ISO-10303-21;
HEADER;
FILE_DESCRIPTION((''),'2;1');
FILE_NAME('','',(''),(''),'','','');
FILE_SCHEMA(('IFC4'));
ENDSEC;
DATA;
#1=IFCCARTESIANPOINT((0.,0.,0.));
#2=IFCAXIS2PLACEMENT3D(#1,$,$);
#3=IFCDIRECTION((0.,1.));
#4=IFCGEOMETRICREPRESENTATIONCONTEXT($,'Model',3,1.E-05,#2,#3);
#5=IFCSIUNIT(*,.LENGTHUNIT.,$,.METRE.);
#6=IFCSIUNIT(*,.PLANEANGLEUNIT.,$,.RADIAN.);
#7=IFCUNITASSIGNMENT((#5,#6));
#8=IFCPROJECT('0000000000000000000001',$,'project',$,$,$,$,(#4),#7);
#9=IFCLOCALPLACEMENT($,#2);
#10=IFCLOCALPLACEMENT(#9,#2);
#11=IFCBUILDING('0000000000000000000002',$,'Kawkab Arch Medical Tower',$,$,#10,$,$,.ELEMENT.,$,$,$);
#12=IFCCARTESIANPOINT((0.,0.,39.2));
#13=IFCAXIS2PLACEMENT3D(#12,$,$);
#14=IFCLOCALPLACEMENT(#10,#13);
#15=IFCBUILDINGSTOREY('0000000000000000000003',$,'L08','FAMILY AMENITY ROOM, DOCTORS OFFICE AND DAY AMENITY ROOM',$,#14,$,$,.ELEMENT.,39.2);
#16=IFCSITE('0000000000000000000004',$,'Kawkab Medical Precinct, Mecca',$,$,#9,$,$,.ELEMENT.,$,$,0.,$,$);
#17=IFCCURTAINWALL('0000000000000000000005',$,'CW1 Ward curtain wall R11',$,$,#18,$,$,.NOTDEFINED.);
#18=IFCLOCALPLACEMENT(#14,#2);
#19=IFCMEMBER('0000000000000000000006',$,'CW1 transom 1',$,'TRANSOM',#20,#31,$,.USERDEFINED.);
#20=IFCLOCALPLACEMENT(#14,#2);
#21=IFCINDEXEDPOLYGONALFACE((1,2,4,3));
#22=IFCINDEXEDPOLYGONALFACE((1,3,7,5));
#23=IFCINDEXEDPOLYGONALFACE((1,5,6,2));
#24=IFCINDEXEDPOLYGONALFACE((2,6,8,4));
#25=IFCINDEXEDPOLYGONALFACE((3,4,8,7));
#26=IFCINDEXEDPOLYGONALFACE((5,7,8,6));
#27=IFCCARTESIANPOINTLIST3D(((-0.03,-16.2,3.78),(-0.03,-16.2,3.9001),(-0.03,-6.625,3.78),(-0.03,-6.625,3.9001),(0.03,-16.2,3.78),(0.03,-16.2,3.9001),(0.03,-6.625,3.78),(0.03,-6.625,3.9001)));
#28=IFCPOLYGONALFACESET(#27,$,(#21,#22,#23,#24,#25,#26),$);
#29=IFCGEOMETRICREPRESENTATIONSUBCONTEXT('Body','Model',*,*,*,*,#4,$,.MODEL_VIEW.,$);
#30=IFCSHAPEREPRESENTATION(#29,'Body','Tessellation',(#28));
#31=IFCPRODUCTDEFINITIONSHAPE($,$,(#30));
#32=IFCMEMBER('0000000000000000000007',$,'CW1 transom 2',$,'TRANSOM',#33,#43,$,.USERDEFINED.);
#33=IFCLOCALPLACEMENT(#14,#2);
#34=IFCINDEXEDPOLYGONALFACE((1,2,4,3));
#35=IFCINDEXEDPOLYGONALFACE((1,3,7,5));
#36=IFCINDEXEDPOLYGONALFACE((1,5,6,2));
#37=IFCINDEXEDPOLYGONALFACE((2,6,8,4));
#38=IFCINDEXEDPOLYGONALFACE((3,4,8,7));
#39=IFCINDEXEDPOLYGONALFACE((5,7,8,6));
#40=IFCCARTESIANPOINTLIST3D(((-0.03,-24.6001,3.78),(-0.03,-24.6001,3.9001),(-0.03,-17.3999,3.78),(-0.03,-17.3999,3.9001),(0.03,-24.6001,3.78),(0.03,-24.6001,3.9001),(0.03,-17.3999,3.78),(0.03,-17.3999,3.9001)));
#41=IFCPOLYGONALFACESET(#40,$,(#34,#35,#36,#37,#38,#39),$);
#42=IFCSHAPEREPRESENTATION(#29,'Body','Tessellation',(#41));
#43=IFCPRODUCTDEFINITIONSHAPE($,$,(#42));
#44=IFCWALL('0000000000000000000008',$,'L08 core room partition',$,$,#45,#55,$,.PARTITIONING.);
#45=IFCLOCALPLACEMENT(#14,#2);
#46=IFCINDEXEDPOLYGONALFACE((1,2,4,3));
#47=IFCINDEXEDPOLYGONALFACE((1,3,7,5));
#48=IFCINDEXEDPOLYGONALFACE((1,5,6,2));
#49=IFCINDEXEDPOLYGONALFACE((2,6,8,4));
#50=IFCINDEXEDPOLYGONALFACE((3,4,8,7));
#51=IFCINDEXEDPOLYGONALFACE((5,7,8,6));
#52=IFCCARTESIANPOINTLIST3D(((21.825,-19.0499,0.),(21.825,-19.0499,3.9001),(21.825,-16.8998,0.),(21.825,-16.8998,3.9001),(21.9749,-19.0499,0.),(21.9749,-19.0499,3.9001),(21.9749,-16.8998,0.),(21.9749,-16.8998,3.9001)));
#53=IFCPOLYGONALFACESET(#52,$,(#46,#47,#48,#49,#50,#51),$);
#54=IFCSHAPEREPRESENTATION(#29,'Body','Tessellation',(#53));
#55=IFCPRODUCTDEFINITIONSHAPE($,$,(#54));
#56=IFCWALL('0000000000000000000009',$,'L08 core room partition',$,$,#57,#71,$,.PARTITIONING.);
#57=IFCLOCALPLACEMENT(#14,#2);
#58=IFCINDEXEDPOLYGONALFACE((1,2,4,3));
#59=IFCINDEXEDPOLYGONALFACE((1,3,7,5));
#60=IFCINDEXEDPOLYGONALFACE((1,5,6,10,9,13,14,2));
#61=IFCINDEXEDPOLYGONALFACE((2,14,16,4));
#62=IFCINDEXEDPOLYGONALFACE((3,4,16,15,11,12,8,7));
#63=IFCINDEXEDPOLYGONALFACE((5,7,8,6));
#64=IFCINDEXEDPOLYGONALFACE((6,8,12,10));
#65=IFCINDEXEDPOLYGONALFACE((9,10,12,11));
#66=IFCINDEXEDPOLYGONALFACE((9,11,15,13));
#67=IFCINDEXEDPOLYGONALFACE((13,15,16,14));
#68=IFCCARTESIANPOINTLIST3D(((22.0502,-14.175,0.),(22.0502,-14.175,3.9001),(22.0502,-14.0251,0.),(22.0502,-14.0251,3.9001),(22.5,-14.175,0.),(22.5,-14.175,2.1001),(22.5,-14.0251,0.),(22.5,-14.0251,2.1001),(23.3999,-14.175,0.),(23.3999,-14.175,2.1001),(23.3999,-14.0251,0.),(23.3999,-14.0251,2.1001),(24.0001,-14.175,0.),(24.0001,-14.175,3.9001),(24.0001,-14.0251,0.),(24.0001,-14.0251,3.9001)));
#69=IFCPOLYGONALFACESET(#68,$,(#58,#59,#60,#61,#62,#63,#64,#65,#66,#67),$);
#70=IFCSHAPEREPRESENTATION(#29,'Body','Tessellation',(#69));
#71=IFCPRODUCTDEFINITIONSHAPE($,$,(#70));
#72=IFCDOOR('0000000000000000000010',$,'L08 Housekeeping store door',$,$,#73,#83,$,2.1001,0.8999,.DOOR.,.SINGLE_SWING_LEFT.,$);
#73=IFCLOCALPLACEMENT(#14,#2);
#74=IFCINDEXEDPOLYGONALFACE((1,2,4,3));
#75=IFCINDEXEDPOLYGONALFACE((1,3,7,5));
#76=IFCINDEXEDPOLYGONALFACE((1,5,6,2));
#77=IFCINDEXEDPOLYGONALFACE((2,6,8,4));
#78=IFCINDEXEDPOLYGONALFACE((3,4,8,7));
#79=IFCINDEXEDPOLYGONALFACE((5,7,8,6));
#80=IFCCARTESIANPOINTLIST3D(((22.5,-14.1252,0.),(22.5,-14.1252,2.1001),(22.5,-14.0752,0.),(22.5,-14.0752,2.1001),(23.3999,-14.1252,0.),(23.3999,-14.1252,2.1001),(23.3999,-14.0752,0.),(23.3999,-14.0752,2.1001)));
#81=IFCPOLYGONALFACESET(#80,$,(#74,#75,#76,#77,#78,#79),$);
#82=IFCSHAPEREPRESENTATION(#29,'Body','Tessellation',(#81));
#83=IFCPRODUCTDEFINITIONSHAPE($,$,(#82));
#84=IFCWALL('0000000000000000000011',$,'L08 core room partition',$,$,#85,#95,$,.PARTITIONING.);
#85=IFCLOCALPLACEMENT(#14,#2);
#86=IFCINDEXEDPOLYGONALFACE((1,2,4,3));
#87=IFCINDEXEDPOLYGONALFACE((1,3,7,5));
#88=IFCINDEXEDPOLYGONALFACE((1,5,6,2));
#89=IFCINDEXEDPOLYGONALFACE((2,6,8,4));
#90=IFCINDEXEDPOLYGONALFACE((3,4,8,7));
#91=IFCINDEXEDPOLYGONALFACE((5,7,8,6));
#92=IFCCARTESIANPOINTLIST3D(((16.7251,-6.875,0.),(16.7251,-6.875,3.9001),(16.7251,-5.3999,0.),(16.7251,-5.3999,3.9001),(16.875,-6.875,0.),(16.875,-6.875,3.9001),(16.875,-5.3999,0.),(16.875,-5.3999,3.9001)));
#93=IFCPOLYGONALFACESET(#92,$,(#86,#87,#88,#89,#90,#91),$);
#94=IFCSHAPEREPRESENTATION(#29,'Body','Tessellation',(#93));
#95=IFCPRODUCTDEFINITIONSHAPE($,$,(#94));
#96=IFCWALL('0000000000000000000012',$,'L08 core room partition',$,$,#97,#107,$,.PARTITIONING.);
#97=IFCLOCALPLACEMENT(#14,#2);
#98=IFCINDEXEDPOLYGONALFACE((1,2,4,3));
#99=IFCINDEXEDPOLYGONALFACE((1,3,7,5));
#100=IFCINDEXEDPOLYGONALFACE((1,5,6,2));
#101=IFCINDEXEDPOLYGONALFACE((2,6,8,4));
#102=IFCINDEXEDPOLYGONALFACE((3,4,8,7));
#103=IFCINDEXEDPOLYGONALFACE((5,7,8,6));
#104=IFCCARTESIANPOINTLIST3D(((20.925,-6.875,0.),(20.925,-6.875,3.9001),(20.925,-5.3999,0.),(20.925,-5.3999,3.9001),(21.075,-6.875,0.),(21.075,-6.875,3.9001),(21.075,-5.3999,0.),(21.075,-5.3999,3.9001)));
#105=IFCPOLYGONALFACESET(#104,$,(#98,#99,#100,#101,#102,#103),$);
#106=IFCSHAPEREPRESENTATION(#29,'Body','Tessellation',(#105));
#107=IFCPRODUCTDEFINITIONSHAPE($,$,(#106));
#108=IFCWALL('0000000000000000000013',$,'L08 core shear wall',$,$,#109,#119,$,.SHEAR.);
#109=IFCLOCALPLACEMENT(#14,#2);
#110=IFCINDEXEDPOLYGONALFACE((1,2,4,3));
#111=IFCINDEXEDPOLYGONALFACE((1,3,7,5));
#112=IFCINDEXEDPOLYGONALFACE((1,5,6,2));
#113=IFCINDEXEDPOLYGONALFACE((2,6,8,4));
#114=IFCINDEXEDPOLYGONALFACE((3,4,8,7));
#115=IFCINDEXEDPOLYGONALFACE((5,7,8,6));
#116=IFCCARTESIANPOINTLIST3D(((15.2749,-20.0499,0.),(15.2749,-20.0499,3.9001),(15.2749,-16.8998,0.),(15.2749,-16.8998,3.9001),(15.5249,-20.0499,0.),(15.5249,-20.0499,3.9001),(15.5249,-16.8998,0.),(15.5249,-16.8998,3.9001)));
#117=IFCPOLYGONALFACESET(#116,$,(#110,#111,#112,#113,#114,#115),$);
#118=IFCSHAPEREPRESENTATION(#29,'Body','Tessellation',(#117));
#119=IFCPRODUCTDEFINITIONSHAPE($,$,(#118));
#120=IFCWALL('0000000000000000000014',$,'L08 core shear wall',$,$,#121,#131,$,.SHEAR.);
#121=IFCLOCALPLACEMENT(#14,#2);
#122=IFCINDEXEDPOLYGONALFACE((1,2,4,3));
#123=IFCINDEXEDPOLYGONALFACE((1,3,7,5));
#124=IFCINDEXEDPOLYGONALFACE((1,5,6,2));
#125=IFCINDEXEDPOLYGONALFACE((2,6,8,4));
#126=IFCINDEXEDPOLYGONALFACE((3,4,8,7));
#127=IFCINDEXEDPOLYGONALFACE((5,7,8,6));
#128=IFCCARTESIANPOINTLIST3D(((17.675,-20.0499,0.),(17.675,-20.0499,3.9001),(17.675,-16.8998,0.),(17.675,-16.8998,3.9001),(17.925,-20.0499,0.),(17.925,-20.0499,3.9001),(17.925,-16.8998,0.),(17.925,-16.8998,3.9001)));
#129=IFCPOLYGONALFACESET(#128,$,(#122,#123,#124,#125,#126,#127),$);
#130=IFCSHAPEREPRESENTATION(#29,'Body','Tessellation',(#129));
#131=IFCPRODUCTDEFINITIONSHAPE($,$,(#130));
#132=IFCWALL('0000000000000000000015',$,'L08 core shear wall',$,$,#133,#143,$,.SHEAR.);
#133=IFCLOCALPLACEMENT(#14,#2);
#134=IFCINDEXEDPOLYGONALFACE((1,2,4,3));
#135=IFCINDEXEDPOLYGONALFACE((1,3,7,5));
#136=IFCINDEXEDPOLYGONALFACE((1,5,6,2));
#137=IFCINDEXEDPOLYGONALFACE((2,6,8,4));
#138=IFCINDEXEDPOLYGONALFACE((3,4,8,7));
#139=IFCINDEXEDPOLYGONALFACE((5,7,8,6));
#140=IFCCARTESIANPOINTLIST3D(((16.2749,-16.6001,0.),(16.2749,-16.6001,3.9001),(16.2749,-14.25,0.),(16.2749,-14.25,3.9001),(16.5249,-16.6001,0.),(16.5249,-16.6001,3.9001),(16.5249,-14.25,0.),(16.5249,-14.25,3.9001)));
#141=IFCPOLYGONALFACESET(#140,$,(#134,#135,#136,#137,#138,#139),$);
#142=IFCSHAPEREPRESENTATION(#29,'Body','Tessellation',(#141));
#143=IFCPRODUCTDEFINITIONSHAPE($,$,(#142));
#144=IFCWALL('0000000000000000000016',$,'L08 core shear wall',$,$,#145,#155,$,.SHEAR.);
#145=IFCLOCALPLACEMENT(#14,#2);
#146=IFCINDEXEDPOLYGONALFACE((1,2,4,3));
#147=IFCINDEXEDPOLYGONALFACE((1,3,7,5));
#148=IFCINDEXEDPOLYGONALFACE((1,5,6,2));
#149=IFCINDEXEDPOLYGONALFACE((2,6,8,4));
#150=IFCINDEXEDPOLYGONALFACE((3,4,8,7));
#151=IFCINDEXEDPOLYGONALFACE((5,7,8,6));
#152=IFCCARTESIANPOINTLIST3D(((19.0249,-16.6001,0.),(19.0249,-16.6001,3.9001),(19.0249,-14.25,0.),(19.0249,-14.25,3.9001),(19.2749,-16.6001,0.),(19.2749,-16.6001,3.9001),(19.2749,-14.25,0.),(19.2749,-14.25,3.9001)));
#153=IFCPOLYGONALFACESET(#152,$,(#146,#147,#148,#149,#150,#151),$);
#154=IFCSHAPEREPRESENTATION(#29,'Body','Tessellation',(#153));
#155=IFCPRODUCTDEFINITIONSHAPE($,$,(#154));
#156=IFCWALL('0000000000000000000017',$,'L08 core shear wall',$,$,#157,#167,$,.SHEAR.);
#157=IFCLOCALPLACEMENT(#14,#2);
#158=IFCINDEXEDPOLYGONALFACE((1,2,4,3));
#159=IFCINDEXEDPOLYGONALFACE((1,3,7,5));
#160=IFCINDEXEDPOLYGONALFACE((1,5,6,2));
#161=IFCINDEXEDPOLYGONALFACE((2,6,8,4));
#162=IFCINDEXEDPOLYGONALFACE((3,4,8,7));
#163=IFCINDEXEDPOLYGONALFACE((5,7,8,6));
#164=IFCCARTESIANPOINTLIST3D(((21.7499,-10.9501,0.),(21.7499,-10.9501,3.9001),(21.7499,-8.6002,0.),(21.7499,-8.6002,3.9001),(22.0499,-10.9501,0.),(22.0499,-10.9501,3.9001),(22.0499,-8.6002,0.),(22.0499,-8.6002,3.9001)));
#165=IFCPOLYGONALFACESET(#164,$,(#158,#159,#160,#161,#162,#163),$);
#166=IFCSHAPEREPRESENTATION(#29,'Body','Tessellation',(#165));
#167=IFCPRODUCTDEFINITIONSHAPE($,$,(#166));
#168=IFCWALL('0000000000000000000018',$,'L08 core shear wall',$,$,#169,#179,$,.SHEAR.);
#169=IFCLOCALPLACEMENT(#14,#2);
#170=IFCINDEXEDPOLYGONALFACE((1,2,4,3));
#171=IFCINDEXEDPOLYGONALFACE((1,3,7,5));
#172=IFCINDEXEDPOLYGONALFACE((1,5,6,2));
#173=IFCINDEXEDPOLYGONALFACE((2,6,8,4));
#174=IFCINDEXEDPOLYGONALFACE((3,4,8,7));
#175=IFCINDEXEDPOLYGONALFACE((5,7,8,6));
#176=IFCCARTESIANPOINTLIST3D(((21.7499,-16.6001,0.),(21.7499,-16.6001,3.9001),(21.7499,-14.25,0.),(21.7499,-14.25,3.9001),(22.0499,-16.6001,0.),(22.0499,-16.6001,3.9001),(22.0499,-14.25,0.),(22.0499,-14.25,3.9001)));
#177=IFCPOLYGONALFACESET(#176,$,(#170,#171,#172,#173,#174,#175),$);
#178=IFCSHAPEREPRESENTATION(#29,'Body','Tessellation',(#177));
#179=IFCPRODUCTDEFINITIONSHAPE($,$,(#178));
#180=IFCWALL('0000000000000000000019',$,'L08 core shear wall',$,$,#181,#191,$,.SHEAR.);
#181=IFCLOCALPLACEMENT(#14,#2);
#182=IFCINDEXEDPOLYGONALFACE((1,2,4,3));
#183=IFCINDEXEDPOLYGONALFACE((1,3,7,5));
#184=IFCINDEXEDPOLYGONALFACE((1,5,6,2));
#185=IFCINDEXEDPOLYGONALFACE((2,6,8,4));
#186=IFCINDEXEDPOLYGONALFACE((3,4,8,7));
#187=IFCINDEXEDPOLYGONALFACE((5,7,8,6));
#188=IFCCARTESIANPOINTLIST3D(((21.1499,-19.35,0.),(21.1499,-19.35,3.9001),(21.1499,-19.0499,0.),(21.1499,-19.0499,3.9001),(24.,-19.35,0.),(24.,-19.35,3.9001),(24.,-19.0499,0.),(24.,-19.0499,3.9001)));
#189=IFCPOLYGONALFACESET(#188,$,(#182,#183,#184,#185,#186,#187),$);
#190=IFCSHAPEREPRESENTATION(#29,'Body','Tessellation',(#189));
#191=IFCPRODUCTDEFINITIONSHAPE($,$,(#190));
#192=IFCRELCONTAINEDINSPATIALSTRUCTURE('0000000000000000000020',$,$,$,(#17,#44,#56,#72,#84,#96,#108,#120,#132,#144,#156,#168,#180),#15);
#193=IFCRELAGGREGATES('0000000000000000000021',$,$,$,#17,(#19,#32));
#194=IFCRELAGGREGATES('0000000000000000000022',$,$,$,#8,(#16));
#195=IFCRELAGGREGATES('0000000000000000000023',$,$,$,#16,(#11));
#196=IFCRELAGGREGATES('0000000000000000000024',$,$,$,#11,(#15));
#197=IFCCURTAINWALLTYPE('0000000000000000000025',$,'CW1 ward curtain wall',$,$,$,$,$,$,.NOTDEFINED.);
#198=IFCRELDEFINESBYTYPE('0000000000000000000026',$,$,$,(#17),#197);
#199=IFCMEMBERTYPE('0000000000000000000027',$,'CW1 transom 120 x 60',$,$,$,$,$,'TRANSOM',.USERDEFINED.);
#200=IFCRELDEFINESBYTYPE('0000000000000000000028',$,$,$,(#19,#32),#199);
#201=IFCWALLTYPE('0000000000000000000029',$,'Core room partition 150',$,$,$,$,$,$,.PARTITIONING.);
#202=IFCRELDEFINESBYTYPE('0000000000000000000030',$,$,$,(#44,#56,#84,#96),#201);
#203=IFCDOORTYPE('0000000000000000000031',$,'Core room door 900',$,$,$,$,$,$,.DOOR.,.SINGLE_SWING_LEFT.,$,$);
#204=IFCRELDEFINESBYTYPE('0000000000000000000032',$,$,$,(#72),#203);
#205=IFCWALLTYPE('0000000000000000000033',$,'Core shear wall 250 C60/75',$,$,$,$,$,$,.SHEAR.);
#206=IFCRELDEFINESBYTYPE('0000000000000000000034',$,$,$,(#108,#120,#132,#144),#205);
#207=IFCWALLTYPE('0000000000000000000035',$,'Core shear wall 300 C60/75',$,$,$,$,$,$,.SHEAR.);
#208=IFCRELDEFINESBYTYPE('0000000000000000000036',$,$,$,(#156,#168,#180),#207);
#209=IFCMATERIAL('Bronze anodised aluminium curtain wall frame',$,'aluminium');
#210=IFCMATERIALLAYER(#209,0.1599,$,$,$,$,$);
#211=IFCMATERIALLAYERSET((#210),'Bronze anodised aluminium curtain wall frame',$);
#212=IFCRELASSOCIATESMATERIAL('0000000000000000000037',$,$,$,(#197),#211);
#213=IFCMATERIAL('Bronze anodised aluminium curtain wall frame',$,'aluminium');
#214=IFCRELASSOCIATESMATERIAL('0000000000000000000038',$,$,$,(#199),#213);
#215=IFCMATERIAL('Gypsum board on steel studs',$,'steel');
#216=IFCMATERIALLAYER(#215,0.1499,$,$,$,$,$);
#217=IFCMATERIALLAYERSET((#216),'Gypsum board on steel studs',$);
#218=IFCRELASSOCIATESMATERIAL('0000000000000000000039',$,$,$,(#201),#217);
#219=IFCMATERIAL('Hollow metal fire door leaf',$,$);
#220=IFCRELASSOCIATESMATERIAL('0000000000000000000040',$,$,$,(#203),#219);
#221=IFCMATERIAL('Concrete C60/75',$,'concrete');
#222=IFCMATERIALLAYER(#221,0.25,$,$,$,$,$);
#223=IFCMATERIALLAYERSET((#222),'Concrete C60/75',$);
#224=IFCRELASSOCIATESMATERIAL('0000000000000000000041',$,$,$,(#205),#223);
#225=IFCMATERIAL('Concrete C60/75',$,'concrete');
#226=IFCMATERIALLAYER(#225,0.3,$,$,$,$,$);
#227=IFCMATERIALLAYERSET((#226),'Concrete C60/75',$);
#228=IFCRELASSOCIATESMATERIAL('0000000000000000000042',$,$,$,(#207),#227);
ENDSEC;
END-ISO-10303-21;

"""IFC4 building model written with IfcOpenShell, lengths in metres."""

from ifc_helpers import new_model, si_unit, direction, frame, frame_2d, origin, origin_2d, place, context, subcontext, project, spatial, rectangle, extrude, material, layer, layer_set, material_profile, profile_set, type_object, element, fill, aggregate, save


model = new_model("IFC4")

# Units and contexts
model_context = context("Model", 3, precision=1e-05, world=origin(), true_north=direction((0.0, 1.0)))
body_context = subcontext(model_context, "Body", "Model", "MODEL_VIEW")
ifc_project = project(units=[si_unit("LENGTHUNIT", "METRE"), si_unit("PLANEANGLEUNIT", "RADIAN")], contexts=[model_context])

# Site, building, storey
site_placement = place(None, origin())
site = spatial("IfcSite", under=ifc_project, at=site_placement, Name="Kawkab Medical Precinct, Mecca", CompositionType="ELEMENT", RefElevation=0.0)
building_placement = place(site_placement, origin())
building = spatial("IfcBuilding", under=site, at=building_placement, Name="Kawkab Arch Medical Tower", CompositionType="ELEMENT")
storey_placement = place(building_placement, frame((0.0, 0.0, 39.2)))
storey = spatial("IfcBuildingStorey", under=building, at=storey_placement, Name="L08", Description="FAMILY AMENITY ROOM, DOCTORS OFFICE AND DAY AMENITY ROOM", CompositionType="ELEMENT", Elevation=39.2)

# Curtain wall, members
ifc_material_1 = material(Name="Bronze anodised aluminium curtain wall frame", Category="aluminium")
ifc_layer_1 = layer(ifc_material_1, 0.1599)
ifc_layer_set_1 = layer_set([ifc_layer_1], Name="Bronze anodised aluminium curtain wall frame")
curtain_wall_type = type_object("IfcCurtainWallType", Name="CW1 ward curtain wall", PredefinedType="NOTDEFINED", material=ifc_layer_set_1)
placement = place(storey_placement, origin())
curtain_wall = element("IfcCurtainWall", 1, at=placement, inside=storey, type_object=curtain_wall_type, Name="CW1 Ward curtain wall R11", PredefinedType="NOTDEFINED")
ifc_material_2 = material(Name="Bronze anodised aluminium curtain wall frame", Category="aluminium")
ifc_material_profile_1 = material_profile(ifc_material_2, rectangle(XDim=0.0601, YDim=0.1201, at=origin_2d()), Name="AL 60x120")
ifc_profile_set_1 = profile_set([ifc_material_profile_1], Name="Bronze anodised aluminium curtain wall frame")
member_type = type_object("IfcMemberType", Name="CW1 transom 120 x 60", ElementType="TRANSOM", PredefinedType="USERDEFINED", material=ifc_profile_set_1)
member_1_placement = place(storey_placement, frame((0.0, -6.625, 3.8401), z_axis=(0.0, -1.0, 0.0), x_axis=(1.0, 0.0, 0.0)))
member_1 = element("IfcMember", 2, at=member_1_placement, type_object=member_type, Name="CW1 transom 1", ObjectType="TRANSOM", PredefinedType="USERDEFINED", context=body_context, shape_type="SweptSolid", body=[
    extrude(rectangle(XDim=0.0601, YDim=0.1201, at=origin_2d()), origin(), (0.0, 0.0, 1.0), 9.575),
])
member_2_placement = place(storey_placement, frame((0.0, -17.3999, 3.8401), z_axis=(0.0, -1.0, 0.0), x_axis=(1.0, 0.0, 0.0)))
member_2 = element("IfcMember", 3, at=member_2_placement, type_object=member_type, Name="CW1 transom 2", ObjectType="TRANSOM", PredefinedType="USERDEFINED", context=body_context, shape_type="SweptSolid", body=[
    extrude(rectangle(XDim=0.0601, YDim=0.1201, at=origin_2d()), origin(), (0.0, 0.0, 1.0), 7.2002),
])
aggregate(curtain_wall, [member_1, member_2])

# Wall
ifc_material_3 = material(Name="Gypsum board on steel studs", Category="steel")
ifc_layer_2 = layer(ifc_material_3, 0.1499)
ifc_layer_set_2 = layer_set([ifc_layer_2], Name="Gypsum board on steel studs")
wall_type_1 = type_object("IfcWallType", Name="Core room partition 150", PredefinedType="PARTITIONING", material=ifc_layer_set_2)
wall_1_placement = place(storey_placement, frame((21.8999, -19.05, 0.0), z_axis=(0.0, 0.0, 1.0), x_axis=(0.0, 1.0, 0.0)))
element("IfcWall", 4, at=wall_1_placement, inside=storey, type_object=wall_type_1, Name="L08 core room partition", PredefinedType="PARTITIONING", context=body_context, shape_type="SweptSolid", body=[
    extrude(rectangle(XDim=2.1501, YDim=0.1499, at=frame_2d((1.0752, 0.0))), origin(), (0.0, 0.0, 1.0), 3.9001),
])

# Wall, opening, door
wall_2_placement = place(storey_placement, frame((22.05, -14.1001, 0.0), z_axis=(0.0, 0.0, 1.0), x_axis=(1.0, 0.0, 0.0)))
wall_2 = element("IfcWall", 5, at=wall_2_placement, inside=storey, type_object=wall_type_1, Name="L08 core room partition", PredefinedType="PARTITIONING", context=body_context, shape_type="SweptSolid", body=[
    extrude(rectangle(XDim=1.95, YDim=0.1499, at=frame_2d((0.9751, 0.0))), origin(), (0.0, 0.0, 1.0), 3.9001),
])
opening_placement = place(wall_2_placement, frame((0.45, 0.0, 0.0)))
opening = element("IfcOpeningElement", 6, at=opening_placement, cuts=wall_2, PredefinedType="OPENING", context=body_context, shape_type="SweptSolid", body=[
    extrude(rectangle(XDim=0.8999, YDim=2.1001, at=frame_2d((0.45, 1.05))), frame((0.0, 0.085, 0.0), z_axis=(0.0, -1.0, 0.0), x_axis=(1.0, 0.0, 0.0)), (0.0, 0.0, 1.0), 0.1699),
])
ifc_material_4 = material(Name="Hollow metal fire door leaf")
door_type = type_object("IfcDoorType", Name="Core room door 900", OperationType="SINGLE_SWING_LEFT", PredefinedType="DOOR", material=ifc_material_4)
door_placement = place(opening_placement, origin())
door = element("IfcDoor", 7, at=door_placement, inside=storey, type_object=door_type, Name="L08 Housekeeping store door", OperationType="SINGLE_SWING_LEFT", OverallHeight=2.1001, OverallWidth=0.8999, PredefinedType="DOOR", context=body_context, shape_type="SweptSolid", body=[
    extrude(rectangle(XDim=0.8999, YDim=2.1001, at=frame_2d((0.45, 1.05))), frame((0.0, 0.0249, 0.0), z_axis=(0.0, -1.0, 0.0), x_axis=(1.0, 0.0, 0.0)), (0.0, 0.0, 1.0), 0.05),
])
fill(opening, door)

# Walls
for number, where, z_axis, x_axis, name in (
    (8, (16.8, -6.875, 0.0), (0.0, 0.0, 1.0), (0.0, 1.0, 0.0), "L08 core room partition"),
    (9, (21.0, -6.875, 0.0), (0.0, 0.0, 1.0), (0.0, 1.0, 0.0), "L08 core room partition"),
):
    element("IfcWall", number, at=place(storey_placement, frame(where, z_axis=z_axis, x_axis=x_axis)), inside=storey, type_object=wall_type_1, Name=name, PredefinedType="PARTITIONING", context=body_context, shape_type="SweptSolid", body=[
        extrude(rectangle(XDim=1.4751, YDim=0.1499, at=frame_2d((0.7375, 0.0))), origin(), (0.0, 0.0, 1.0), 3.9001),
    ])
ifc_material_5 = material(Name="Concrete C60/75", Category="concrete")
ifc_layer_3 = layer(ifc_material_5, 0.25)
ifc_layer_set_3 = layer_set([ifc_layer_3], Name="Concrete C60/75")
wall_type_2 = type_object("IfcWallType", Name="Core shear wall 250 C60/75", PredefinedType="SHEAR", material=ifc_layer_set_3)
for number, where, z_axis, x_axis, name in (
    (10, (15.3999, -20.05, 0.0), (0.0, 0.0, 1.0), (0.0, 1.0, 0.0), "L08 core shear wall"),
    (11, (17.8, -20.05, 0.0), (0.0, 0.0, 1.0), (0.0, 1.0, 0.0), "L08 core shear wall"),
):
    element("IfcWall", number, at=place(storey_placement, frame(where, z_axis=z_axis, x_axis=x_axis)), inside=storey, type_object=wall_type_2, Name=name, PredefinedType="SHEAR", context=body_context, shape_type="SweptSolid", body=[
        extrude(rectangle(XDim=3.1501, YDim=0.25, at=frame_2d((1.5752, 0.0))), origin(), (0.0, 0.0, 1.0), 3.9001),
    ])
for number, where, z_axis, x_axis, name in (
    (12, (16.3999, -16.6001, 0.0), (0.0, 0.0, 1.0), (0.0, 1.0, 0.0), "L08 core shear wall"),
    (13, (19.1499, -16.6001, 0.0), (0.0, 0.0, 1.0), (0.0, 1.0, 0.0), "L08 core shear wall"),
):
    element("IfcWall", number, at=place(storey_placement, frame(where, z_axis=z_axis, x_axis=x_axis)), inside=storey, type_object=wall_type_2, Name=name, PredefinedType="SHEAR", context=body_context, shape_type="SweptSolid", body=[
        extrude(rectangle(XDim=2.3501, YDim=0.25, at=frame_2d((1.175, 0.0))), origin(), (0.0, 0.0, 1.0), 3.9001),
    ])
ifc_material_6 = material(Name="Concrete C60/75", Category="concrete")
ifc_layer_4 = layer(ifc_material_6, 0.3)
ifc_layer_set_4 = layer_set([ifc_layer_4], Name="Concrete C60/75")
wall_type_3 = type_object("IfcWallType", Name="Core shear wall 300 C60/75", PredefinedType="SHEAR", material=ifc_layer_set_4)
wall_3_placement = place(storey_placement, frame((21.8999, -10.95, 0.0), z_axis=(0.0, 0.0, 1.0), x_axis=(0.0, 1.0, 0.0)))
element("IfcWall", 14, at=wall_3_placement, inside=storey, type_object=wall_type_3, Name="L08 core shear wall", PredefinedType="SHEAR", context=body_context, shape_type="SweptSolid", body=[
    extrude(rectangle(XDim=2.3499, YDim=0.3, at=frame_2d((1.1748, 0.0))), origin(), (0.0, 0.0, 1.0), 3.9001),
])
wall_4_placement = place(storey_placement, frame((21.8999, -16.6001, 0.0), z_axis=(0.0, 0.0, 1.0), x_axis=(0.0, 1.0, 0.0)))
element("IfcWall", 15, at=wall_4_placement, inside=storey, type_object=wall_type_3, Name="L08 core shear wall", PredefinedType="SHEAR", context=body_context, shape_type="SweptSolid", body=[
    extrude(rectangle(XDim=2.3501, YDim=0.3, at=frame_2d((1.175, 0.0))), origin(), (0.0, 0.0, 1.0), 3.9001),
])
wall_5_placement = place(storey_placement, frame((21.1499, -19.2, 0.0), z_axis=(0.0, 0.0, 1.0), x_axis=(1.0, 0.0, 0.0)))
element("IfcWall", 16, at=wall_5_placement, inside=storey, type_object=wall_type_3, Name="L08 core shear wall", PredefinedType="SHEAR", context=body_context, shape_type="SweptSolid", body=[
    extrude(rectangle(XDim=2.8501, YDim=0.3, at=frame_2d((1.425, 0.0))), origin(), (0.0, 0.0, 1.0), 3.9001),
])

save(model, "model.ifc")
